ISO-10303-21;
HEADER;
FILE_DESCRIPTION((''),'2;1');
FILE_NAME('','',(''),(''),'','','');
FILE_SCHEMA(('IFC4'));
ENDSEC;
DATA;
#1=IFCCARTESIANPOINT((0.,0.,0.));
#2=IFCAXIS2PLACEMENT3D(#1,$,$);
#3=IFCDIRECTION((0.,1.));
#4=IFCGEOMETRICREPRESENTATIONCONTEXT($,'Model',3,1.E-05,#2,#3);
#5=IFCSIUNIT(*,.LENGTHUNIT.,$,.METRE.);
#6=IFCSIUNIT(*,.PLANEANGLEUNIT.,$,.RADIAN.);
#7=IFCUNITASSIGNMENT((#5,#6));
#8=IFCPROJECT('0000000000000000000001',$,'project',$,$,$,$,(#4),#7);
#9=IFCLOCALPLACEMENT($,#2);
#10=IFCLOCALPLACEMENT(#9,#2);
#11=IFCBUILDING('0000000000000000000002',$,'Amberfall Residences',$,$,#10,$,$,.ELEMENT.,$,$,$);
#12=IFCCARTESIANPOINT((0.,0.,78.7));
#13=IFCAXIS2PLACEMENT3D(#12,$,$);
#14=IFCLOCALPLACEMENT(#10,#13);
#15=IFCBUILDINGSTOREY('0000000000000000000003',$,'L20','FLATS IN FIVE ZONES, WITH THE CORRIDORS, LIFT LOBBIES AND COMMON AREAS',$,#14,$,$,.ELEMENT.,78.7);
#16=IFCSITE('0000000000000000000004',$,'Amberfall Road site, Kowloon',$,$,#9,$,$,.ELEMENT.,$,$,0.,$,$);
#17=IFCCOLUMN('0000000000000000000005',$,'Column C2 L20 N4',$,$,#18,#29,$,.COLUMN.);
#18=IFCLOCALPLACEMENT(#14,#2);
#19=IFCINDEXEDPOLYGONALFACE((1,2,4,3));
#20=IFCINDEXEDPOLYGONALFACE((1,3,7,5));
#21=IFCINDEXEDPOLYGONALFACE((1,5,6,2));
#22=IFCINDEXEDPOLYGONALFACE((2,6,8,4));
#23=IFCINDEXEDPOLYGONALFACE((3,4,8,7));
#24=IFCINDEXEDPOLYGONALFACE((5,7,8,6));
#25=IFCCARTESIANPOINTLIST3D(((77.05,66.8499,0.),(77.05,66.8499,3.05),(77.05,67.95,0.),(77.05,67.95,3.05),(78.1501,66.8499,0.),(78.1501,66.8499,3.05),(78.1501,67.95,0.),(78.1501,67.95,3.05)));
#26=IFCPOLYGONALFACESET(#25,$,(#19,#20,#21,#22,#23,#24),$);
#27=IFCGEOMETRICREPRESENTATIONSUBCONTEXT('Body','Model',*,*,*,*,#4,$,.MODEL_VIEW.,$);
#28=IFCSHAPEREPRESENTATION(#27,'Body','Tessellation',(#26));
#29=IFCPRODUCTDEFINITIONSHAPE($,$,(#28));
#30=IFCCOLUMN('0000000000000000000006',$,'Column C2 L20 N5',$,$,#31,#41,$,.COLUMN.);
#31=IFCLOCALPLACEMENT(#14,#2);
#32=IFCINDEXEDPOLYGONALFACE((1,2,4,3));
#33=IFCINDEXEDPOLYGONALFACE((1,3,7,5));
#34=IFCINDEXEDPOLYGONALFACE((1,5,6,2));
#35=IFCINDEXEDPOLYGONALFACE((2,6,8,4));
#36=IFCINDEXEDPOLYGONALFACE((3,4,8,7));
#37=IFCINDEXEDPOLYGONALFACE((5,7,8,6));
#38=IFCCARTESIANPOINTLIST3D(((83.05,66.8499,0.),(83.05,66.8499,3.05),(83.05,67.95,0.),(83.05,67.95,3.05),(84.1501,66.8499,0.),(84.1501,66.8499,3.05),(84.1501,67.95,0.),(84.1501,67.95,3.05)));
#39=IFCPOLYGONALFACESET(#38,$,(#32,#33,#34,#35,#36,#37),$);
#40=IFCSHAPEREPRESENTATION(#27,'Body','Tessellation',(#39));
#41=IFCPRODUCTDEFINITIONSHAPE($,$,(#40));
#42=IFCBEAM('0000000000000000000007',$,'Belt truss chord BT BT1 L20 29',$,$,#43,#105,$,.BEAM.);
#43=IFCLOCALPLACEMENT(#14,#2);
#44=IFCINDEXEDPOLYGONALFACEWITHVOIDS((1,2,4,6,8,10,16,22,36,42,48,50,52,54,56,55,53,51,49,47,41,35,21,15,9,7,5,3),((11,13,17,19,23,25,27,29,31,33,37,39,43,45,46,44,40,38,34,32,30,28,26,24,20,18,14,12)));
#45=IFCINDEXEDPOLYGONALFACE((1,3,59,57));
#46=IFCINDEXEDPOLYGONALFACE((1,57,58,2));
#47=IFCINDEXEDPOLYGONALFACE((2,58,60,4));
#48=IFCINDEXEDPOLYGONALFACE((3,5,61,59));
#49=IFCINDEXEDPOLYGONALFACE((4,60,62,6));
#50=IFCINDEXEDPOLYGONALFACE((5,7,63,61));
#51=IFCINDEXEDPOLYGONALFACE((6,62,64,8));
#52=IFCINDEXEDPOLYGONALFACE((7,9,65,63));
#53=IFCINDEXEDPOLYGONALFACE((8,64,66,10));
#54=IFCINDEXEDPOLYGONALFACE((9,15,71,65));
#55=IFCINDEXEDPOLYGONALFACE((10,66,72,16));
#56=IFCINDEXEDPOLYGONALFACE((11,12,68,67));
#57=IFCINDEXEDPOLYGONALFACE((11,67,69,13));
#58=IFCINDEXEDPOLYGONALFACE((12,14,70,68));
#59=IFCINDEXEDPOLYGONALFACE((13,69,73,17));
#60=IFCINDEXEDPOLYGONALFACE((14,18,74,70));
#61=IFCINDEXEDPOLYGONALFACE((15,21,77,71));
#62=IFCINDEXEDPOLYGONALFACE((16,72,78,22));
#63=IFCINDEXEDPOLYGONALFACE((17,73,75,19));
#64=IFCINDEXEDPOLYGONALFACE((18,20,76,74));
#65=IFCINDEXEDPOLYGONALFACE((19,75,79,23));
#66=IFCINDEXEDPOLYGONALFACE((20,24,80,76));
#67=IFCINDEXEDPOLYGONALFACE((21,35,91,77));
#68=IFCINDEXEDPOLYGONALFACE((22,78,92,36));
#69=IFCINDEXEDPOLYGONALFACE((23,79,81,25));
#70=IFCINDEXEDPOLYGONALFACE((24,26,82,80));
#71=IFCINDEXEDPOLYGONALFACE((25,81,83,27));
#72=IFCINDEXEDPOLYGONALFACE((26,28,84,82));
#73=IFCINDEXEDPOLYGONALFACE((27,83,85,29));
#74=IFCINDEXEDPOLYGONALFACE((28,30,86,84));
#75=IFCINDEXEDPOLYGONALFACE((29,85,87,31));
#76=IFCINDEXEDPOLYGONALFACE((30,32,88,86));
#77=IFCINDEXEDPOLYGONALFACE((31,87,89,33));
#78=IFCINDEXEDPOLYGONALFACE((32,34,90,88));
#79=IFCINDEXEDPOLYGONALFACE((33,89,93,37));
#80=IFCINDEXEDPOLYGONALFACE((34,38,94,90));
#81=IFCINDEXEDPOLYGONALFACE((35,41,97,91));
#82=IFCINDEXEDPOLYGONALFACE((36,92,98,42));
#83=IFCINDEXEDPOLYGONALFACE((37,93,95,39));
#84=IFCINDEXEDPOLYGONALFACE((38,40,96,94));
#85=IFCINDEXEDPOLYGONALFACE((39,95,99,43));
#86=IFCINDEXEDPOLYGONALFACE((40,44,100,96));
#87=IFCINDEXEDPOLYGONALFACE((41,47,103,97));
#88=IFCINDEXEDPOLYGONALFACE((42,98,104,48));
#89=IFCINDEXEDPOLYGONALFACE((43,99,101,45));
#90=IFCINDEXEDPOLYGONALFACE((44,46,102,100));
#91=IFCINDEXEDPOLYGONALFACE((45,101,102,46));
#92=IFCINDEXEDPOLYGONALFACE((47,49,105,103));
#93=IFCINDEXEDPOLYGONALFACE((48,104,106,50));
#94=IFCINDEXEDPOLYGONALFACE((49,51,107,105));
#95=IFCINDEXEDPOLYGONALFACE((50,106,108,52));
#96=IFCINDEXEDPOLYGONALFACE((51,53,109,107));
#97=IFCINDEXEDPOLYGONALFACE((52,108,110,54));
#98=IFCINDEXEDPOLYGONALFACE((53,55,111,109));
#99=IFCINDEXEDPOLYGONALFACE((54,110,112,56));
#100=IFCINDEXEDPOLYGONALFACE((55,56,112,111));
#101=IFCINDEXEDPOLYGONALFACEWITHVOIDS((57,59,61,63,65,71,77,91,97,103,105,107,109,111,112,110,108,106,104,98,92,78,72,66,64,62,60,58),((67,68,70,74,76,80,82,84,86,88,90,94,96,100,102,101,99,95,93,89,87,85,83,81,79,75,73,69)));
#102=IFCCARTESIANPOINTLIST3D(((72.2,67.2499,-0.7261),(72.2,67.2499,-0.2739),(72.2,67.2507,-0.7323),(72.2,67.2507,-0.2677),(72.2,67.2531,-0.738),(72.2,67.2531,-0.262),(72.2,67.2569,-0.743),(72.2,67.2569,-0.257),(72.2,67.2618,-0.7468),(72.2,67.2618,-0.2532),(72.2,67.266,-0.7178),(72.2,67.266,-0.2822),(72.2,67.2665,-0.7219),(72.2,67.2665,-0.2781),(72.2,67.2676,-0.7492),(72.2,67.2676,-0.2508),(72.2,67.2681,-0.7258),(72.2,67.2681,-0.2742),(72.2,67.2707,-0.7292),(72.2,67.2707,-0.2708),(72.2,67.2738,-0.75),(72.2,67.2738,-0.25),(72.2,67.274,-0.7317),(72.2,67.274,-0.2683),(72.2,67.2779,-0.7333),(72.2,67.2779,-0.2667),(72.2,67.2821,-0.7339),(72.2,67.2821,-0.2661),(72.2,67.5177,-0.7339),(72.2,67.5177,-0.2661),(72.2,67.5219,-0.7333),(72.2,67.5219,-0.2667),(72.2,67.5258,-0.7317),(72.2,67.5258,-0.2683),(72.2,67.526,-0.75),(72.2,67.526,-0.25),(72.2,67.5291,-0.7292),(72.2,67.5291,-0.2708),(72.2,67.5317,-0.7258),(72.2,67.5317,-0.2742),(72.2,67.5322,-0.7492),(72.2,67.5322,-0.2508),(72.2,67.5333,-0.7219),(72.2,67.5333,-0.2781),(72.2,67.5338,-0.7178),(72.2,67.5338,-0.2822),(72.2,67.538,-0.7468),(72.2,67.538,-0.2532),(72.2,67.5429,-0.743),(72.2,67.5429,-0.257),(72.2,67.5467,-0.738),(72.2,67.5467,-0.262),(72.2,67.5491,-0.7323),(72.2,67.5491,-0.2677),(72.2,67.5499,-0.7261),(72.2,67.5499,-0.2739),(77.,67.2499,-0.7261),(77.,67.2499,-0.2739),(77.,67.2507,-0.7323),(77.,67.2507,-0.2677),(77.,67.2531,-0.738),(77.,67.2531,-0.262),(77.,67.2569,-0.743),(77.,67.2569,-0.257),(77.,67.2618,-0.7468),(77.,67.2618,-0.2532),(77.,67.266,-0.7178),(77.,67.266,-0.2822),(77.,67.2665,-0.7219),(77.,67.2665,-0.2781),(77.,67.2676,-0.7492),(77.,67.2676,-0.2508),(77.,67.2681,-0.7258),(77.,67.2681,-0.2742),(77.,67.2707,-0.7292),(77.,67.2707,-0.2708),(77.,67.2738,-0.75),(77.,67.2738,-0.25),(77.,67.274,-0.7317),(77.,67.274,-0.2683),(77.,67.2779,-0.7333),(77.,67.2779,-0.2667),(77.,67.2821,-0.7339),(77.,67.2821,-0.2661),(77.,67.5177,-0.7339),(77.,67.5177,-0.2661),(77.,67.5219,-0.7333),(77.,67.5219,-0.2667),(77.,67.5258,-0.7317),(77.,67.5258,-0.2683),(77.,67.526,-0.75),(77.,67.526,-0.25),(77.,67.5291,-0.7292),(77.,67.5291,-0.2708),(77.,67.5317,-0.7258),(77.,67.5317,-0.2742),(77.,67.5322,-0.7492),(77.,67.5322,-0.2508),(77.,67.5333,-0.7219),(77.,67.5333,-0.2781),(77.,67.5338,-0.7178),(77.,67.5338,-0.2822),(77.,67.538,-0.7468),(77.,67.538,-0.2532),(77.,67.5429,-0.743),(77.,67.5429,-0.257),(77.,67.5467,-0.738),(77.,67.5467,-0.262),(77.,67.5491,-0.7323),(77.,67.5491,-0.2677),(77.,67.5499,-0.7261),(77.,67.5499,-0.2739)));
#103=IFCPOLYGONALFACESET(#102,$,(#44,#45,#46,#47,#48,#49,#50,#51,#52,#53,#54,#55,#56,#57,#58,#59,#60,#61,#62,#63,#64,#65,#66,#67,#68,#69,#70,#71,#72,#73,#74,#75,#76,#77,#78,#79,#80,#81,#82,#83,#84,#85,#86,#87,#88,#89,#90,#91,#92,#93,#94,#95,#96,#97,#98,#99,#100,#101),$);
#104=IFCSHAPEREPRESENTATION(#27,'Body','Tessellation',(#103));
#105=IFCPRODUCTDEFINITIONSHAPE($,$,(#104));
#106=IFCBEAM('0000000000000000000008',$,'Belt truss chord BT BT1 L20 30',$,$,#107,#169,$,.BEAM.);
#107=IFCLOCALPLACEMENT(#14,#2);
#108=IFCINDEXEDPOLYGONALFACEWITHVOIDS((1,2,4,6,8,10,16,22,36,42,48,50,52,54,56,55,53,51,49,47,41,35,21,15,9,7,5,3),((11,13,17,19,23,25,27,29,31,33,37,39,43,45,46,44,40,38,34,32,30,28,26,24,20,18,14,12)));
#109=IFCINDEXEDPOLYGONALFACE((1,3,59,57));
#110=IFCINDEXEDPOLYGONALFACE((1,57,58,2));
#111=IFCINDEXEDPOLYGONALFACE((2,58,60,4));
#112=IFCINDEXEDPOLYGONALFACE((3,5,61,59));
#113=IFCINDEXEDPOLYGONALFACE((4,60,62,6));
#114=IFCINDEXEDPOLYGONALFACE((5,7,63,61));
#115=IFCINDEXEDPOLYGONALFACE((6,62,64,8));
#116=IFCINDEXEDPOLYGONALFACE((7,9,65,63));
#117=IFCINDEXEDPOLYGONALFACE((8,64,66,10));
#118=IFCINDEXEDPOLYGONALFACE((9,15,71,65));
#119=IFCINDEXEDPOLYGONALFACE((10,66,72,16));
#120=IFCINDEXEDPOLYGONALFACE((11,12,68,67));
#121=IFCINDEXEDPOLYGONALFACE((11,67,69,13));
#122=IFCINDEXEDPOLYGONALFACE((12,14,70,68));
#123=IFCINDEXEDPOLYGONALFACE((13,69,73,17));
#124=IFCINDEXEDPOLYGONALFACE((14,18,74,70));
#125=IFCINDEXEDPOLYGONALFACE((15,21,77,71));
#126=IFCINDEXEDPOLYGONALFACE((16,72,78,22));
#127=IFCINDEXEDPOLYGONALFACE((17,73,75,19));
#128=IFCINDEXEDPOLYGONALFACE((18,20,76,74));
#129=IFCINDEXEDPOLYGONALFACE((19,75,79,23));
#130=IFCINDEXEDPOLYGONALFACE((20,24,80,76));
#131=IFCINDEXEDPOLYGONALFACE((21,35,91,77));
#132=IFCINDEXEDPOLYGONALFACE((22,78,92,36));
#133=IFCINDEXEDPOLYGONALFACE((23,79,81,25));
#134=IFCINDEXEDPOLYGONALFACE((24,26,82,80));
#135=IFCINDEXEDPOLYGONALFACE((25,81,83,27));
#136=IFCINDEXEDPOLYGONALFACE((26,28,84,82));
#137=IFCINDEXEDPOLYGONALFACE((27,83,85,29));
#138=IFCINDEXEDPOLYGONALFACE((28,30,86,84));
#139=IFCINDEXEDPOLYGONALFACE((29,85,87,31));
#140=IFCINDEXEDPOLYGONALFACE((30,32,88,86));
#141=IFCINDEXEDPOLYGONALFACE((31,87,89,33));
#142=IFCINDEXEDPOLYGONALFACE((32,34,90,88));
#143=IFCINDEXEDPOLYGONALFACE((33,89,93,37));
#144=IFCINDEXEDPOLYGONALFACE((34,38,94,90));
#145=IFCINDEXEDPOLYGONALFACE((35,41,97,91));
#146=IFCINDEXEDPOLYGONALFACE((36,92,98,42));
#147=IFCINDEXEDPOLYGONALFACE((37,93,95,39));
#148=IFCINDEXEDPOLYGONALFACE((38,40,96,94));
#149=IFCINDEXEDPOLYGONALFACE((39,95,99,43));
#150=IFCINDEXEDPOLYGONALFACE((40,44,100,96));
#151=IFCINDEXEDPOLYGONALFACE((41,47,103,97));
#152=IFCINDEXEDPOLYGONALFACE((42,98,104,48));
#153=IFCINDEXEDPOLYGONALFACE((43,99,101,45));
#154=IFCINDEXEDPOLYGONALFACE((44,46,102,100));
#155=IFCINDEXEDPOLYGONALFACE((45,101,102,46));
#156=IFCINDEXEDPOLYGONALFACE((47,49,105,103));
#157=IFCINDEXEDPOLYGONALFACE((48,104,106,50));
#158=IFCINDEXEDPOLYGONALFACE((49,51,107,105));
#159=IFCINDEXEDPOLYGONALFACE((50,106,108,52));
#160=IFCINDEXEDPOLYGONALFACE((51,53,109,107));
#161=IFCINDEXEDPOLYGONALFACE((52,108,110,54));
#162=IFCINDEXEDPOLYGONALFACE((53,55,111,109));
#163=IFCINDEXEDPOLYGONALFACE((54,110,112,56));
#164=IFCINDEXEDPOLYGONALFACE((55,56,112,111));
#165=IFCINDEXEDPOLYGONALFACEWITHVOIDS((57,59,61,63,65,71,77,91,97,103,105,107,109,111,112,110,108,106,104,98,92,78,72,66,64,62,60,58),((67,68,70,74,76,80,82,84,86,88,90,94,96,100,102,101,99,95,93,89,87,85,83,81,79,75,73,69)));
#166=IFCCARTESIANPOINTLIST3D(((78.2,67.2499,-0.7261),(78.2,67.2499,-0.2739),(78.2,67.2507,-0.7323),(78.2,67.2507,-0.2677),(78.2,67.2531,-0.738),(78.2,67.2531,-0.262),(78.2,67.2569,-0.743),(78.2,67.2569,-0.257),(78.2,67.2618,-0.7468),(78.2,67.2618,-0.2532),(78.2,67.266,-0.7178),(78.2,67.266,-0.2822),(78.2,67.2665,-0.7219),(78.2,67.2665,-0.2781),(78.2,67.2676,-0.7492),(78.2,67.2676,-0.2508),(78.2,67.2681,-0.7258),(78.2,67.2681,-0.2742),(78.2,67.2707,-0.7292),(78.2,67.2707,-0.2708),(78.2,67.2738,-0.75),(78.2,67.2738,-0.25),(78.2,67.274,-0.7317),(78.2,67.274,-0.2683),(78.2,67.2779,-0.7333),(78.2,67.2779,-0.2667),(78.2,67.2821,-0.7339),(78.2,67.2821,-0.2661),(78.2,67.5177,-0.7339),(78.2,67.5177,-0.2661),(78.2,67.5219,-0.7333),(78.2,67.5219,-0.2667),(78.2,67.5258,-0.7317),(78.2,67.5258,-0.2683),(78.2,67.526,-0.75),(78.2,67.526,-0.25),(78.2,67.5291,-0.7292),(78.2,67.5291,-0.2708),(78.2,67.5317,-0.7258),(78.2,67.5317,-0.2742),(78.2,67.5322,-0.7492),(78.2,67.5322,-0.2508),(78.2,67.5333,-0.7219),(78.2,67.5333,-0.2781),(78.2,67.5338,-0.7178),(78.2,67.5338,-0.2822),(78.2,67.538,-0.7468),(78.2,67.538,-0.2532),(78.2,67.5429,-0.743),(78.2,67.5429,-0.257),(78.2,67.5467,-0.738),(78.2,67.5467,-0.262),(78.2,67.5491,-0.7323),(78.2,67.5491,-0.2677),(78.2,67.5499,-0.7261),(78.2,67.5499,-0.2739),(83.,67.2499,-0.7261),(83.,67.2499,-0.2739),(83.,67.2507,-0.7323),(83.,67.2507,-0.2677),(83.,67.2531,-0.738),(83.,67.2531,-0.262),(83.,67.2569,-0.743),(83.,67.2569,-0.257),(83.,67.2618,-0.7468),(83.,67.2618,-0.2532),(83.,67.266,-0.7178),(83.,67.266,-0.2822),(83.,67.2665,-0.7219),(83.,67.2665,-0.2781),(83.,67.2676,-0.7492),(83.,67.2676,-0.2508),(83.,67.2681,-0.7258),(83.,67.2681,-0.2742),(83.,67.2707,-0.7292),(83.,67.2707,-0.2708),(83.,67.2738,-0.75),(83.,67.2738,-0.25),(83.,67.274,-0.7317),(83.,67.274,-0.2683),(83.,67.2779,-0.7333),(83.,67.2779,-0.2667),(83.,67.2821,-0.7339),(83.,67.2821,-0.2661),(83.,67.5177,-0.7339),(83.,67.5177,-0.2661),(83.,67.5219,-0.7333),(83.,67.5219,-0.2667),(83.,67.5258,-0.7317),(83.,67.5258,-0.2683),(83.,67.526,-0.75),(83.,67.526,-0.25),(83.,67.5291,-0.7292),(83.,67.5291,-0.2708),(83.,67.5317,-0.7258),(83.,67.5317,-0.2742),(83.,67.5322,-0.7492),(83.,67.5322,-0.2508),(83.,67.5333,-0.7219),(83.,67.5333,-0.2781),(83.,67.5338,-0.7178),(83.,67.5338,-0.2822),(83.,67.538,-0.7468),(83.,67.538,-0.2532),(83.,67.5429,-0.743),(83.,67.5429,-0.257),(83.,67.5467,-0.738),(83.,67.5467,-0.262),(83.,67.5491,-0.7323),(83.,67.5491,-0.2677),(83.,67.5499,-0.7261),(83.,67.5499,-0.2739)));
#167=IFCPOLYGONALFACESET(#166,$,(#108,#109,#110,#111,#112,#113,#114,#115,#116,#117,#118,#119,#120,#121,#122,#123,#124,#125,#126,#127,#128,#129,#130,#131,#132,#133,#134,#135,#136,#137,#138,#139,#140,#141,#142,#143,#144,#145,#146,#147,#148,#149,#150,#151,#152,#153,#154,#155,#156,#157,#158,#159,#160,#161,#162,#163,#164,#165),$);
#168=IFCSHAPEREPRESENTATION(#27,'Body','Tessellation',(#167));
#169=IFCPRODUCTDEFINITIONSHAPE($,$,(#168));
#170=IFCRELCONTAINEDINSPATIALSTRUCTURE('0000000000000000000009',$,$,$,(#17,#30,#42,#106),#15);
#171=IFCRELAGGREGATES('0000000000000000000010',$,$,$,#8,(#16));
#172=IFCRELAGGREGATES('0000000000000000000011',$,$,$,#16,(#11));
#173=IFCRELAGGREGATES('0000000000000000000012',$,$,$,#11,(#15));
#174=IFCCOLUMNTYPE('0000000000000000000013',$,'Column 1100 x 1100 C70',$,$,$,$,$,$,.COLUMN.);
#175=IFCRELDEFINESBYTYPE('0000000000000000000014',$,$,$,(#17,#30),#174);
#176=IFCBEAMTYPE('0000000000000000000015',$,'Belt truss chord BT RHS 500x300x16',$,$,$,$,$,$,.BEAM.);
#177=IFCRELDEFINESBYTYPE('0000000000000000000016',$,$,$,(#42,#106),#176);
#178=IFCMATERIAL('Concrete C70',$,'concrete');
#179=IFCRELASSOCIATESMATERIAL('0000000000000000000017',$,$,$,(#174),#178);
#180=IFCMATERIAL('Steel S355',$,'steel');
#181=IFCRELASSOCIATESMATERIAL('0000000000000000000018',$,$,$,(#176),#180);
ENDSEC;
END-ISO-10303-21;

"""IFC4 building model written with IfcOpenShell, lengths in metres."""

from ifc_helpers import new_model, si_unit, direction, frame, origin, origin_2d, place, context, subcontext, project, spatial, rectangle, hollow_rectangle, extrude, material, material_profile, profile_set, type_object, element, save


model = new_model("IFC4")

# Units and contexts
model_context = context("Model", 3, precision=1e-05, world=origin(), true_north=direction((0.0, 1.0)))
body_context = subcontext(model_context, "Body", "Model", "MODEL_VIEW")
ifc_project = project(units=[si_unit("LENGTHUNIT", "METRE"), si_unit("PLANEANGLEUNIT", "RADIAN")], contexts=[model_context])

# Site, building, storey
site_placement = place(None, origin())
site = spatial("IfcSite", under=ifc_project, at=site_placement, Name="Amberfall Road site, Kowloon", CompositionType="ELEMENT", RefElevation=0.0)
building_placement = place(site_placement, origin())
building = spatial("IfcBuilding", under=site, at=building_placement, Name="Amberfall Residences", CompositionType="ELEMENT")
storey_placement = place(building_placement, frame((0.0, 0.0, 78.7)))
storey = spatial("IfcBuildingStorey", under=building, at=storey_placement, Name="L20", Description="FLATS IN FIVE ZONES, WITH THE CORRIDORS, LIFT LOBBIES AND COMMON AREAS", CompositionType="ELEMENT", Elevation=78.7)

# Columns
ifc_material_1 = material(Name="Concrete C70", Category="concrete")
ifc_material_profile_1 = material_profile(ifc_material_1, rectangle(XDim=1.1001, YDim=1.1001, at=origin_2d()), Name="Column 1100 x 1100 C70")
ifc_profile_set_1 = profile_set([ifc_material_profile_1], Name="Concrete C70")
column_type = type_object("IfcColumnType", Name="Column 1100 x 1100 C70", PredefinedType="COLUMN", material=ifc_profile_set_1)
for number, where, z_axis, x_axis, name in (
    (1, (77.6001, 67.3999, 0.0), (0.0, 0.0, 1.0), (1.0, 0.0, 0.0), "Column C2 L20 N4"),
    (2, (83.6001, 67.3999, 0.0), (0.0, 0.0, 1.0), (1.0, 0.0, 0.0), "Column C2 L20 N5"),
):
    element("IfcColumn", number, at=place(storey_placement, frame(where, z_axis=z_axis, x_axis=x_axis)), inside=storey, type_object=column_type, Name=name, PredefinedType="COLUMN", context=body_context, shape_type="SweptSolid", body=[
        extrude(rectangle(XDim=1.1001, YDim=1.1001, at=origin_2d()), origin(), (0.0, 0.0, 1.0), 3.05),
    ])

# Beams
ifc_material_2 = material(Name="Steel S355", Category="steel")
ifc_material_profile_2 = material_profile(ifc_material_2, hollow_rectangle(XDim=0.3, YDim=0.5, WallThickness=0.0161, InnerFilletRadius=0.0161, OuterFilletRadius=0.0239, at=origin_2d()), Name="RHS 500x300x16")
ifc_profile_set_2 = profile_set([ifc_material_profile_2], Name="Steel S355")
beam_type_1 = type_object("IfcBeamType", Name="Belt truss chord BT RHS 500x300x16", PredefinedType="BEAM", material=ifc_profile_set_2)
for number, where, z_axis, x_axis, name in (
    (3, (72.2, 67.3999, -0.5), (1.0, 0.0, 0.0), (0.0, 1.0, 0.0), "Belt truss chord BT BT1 L20 29"),
    (4, (78.2, 67.3999, -0.5), (1.0, 0.0, 0.0), (0.0, 1.0, 0.0), "Belt truss chord BT BT1 L20 30"),
):
    element("IfcBeam", number, at=place(storey_placement, frame(where, z_axis=z_axis, x_axis=x_axis)), inside=storey, type_object=beam_type_1, Name=name, PredefinedType="BEAM", context=body_context, shape_type="SweptSolid", body=[
        extrude(hollow_rectangle(XDim=0.3, YDim=0.5, WallThickness=0.0161, InnerFilletRadius=0.0161, OuterFilletRadius=0.0239, at=origin_2d()), origin(), (0.0, 0.0, 1.0), 4.8),
    ])

save(model, "model.ifc")
